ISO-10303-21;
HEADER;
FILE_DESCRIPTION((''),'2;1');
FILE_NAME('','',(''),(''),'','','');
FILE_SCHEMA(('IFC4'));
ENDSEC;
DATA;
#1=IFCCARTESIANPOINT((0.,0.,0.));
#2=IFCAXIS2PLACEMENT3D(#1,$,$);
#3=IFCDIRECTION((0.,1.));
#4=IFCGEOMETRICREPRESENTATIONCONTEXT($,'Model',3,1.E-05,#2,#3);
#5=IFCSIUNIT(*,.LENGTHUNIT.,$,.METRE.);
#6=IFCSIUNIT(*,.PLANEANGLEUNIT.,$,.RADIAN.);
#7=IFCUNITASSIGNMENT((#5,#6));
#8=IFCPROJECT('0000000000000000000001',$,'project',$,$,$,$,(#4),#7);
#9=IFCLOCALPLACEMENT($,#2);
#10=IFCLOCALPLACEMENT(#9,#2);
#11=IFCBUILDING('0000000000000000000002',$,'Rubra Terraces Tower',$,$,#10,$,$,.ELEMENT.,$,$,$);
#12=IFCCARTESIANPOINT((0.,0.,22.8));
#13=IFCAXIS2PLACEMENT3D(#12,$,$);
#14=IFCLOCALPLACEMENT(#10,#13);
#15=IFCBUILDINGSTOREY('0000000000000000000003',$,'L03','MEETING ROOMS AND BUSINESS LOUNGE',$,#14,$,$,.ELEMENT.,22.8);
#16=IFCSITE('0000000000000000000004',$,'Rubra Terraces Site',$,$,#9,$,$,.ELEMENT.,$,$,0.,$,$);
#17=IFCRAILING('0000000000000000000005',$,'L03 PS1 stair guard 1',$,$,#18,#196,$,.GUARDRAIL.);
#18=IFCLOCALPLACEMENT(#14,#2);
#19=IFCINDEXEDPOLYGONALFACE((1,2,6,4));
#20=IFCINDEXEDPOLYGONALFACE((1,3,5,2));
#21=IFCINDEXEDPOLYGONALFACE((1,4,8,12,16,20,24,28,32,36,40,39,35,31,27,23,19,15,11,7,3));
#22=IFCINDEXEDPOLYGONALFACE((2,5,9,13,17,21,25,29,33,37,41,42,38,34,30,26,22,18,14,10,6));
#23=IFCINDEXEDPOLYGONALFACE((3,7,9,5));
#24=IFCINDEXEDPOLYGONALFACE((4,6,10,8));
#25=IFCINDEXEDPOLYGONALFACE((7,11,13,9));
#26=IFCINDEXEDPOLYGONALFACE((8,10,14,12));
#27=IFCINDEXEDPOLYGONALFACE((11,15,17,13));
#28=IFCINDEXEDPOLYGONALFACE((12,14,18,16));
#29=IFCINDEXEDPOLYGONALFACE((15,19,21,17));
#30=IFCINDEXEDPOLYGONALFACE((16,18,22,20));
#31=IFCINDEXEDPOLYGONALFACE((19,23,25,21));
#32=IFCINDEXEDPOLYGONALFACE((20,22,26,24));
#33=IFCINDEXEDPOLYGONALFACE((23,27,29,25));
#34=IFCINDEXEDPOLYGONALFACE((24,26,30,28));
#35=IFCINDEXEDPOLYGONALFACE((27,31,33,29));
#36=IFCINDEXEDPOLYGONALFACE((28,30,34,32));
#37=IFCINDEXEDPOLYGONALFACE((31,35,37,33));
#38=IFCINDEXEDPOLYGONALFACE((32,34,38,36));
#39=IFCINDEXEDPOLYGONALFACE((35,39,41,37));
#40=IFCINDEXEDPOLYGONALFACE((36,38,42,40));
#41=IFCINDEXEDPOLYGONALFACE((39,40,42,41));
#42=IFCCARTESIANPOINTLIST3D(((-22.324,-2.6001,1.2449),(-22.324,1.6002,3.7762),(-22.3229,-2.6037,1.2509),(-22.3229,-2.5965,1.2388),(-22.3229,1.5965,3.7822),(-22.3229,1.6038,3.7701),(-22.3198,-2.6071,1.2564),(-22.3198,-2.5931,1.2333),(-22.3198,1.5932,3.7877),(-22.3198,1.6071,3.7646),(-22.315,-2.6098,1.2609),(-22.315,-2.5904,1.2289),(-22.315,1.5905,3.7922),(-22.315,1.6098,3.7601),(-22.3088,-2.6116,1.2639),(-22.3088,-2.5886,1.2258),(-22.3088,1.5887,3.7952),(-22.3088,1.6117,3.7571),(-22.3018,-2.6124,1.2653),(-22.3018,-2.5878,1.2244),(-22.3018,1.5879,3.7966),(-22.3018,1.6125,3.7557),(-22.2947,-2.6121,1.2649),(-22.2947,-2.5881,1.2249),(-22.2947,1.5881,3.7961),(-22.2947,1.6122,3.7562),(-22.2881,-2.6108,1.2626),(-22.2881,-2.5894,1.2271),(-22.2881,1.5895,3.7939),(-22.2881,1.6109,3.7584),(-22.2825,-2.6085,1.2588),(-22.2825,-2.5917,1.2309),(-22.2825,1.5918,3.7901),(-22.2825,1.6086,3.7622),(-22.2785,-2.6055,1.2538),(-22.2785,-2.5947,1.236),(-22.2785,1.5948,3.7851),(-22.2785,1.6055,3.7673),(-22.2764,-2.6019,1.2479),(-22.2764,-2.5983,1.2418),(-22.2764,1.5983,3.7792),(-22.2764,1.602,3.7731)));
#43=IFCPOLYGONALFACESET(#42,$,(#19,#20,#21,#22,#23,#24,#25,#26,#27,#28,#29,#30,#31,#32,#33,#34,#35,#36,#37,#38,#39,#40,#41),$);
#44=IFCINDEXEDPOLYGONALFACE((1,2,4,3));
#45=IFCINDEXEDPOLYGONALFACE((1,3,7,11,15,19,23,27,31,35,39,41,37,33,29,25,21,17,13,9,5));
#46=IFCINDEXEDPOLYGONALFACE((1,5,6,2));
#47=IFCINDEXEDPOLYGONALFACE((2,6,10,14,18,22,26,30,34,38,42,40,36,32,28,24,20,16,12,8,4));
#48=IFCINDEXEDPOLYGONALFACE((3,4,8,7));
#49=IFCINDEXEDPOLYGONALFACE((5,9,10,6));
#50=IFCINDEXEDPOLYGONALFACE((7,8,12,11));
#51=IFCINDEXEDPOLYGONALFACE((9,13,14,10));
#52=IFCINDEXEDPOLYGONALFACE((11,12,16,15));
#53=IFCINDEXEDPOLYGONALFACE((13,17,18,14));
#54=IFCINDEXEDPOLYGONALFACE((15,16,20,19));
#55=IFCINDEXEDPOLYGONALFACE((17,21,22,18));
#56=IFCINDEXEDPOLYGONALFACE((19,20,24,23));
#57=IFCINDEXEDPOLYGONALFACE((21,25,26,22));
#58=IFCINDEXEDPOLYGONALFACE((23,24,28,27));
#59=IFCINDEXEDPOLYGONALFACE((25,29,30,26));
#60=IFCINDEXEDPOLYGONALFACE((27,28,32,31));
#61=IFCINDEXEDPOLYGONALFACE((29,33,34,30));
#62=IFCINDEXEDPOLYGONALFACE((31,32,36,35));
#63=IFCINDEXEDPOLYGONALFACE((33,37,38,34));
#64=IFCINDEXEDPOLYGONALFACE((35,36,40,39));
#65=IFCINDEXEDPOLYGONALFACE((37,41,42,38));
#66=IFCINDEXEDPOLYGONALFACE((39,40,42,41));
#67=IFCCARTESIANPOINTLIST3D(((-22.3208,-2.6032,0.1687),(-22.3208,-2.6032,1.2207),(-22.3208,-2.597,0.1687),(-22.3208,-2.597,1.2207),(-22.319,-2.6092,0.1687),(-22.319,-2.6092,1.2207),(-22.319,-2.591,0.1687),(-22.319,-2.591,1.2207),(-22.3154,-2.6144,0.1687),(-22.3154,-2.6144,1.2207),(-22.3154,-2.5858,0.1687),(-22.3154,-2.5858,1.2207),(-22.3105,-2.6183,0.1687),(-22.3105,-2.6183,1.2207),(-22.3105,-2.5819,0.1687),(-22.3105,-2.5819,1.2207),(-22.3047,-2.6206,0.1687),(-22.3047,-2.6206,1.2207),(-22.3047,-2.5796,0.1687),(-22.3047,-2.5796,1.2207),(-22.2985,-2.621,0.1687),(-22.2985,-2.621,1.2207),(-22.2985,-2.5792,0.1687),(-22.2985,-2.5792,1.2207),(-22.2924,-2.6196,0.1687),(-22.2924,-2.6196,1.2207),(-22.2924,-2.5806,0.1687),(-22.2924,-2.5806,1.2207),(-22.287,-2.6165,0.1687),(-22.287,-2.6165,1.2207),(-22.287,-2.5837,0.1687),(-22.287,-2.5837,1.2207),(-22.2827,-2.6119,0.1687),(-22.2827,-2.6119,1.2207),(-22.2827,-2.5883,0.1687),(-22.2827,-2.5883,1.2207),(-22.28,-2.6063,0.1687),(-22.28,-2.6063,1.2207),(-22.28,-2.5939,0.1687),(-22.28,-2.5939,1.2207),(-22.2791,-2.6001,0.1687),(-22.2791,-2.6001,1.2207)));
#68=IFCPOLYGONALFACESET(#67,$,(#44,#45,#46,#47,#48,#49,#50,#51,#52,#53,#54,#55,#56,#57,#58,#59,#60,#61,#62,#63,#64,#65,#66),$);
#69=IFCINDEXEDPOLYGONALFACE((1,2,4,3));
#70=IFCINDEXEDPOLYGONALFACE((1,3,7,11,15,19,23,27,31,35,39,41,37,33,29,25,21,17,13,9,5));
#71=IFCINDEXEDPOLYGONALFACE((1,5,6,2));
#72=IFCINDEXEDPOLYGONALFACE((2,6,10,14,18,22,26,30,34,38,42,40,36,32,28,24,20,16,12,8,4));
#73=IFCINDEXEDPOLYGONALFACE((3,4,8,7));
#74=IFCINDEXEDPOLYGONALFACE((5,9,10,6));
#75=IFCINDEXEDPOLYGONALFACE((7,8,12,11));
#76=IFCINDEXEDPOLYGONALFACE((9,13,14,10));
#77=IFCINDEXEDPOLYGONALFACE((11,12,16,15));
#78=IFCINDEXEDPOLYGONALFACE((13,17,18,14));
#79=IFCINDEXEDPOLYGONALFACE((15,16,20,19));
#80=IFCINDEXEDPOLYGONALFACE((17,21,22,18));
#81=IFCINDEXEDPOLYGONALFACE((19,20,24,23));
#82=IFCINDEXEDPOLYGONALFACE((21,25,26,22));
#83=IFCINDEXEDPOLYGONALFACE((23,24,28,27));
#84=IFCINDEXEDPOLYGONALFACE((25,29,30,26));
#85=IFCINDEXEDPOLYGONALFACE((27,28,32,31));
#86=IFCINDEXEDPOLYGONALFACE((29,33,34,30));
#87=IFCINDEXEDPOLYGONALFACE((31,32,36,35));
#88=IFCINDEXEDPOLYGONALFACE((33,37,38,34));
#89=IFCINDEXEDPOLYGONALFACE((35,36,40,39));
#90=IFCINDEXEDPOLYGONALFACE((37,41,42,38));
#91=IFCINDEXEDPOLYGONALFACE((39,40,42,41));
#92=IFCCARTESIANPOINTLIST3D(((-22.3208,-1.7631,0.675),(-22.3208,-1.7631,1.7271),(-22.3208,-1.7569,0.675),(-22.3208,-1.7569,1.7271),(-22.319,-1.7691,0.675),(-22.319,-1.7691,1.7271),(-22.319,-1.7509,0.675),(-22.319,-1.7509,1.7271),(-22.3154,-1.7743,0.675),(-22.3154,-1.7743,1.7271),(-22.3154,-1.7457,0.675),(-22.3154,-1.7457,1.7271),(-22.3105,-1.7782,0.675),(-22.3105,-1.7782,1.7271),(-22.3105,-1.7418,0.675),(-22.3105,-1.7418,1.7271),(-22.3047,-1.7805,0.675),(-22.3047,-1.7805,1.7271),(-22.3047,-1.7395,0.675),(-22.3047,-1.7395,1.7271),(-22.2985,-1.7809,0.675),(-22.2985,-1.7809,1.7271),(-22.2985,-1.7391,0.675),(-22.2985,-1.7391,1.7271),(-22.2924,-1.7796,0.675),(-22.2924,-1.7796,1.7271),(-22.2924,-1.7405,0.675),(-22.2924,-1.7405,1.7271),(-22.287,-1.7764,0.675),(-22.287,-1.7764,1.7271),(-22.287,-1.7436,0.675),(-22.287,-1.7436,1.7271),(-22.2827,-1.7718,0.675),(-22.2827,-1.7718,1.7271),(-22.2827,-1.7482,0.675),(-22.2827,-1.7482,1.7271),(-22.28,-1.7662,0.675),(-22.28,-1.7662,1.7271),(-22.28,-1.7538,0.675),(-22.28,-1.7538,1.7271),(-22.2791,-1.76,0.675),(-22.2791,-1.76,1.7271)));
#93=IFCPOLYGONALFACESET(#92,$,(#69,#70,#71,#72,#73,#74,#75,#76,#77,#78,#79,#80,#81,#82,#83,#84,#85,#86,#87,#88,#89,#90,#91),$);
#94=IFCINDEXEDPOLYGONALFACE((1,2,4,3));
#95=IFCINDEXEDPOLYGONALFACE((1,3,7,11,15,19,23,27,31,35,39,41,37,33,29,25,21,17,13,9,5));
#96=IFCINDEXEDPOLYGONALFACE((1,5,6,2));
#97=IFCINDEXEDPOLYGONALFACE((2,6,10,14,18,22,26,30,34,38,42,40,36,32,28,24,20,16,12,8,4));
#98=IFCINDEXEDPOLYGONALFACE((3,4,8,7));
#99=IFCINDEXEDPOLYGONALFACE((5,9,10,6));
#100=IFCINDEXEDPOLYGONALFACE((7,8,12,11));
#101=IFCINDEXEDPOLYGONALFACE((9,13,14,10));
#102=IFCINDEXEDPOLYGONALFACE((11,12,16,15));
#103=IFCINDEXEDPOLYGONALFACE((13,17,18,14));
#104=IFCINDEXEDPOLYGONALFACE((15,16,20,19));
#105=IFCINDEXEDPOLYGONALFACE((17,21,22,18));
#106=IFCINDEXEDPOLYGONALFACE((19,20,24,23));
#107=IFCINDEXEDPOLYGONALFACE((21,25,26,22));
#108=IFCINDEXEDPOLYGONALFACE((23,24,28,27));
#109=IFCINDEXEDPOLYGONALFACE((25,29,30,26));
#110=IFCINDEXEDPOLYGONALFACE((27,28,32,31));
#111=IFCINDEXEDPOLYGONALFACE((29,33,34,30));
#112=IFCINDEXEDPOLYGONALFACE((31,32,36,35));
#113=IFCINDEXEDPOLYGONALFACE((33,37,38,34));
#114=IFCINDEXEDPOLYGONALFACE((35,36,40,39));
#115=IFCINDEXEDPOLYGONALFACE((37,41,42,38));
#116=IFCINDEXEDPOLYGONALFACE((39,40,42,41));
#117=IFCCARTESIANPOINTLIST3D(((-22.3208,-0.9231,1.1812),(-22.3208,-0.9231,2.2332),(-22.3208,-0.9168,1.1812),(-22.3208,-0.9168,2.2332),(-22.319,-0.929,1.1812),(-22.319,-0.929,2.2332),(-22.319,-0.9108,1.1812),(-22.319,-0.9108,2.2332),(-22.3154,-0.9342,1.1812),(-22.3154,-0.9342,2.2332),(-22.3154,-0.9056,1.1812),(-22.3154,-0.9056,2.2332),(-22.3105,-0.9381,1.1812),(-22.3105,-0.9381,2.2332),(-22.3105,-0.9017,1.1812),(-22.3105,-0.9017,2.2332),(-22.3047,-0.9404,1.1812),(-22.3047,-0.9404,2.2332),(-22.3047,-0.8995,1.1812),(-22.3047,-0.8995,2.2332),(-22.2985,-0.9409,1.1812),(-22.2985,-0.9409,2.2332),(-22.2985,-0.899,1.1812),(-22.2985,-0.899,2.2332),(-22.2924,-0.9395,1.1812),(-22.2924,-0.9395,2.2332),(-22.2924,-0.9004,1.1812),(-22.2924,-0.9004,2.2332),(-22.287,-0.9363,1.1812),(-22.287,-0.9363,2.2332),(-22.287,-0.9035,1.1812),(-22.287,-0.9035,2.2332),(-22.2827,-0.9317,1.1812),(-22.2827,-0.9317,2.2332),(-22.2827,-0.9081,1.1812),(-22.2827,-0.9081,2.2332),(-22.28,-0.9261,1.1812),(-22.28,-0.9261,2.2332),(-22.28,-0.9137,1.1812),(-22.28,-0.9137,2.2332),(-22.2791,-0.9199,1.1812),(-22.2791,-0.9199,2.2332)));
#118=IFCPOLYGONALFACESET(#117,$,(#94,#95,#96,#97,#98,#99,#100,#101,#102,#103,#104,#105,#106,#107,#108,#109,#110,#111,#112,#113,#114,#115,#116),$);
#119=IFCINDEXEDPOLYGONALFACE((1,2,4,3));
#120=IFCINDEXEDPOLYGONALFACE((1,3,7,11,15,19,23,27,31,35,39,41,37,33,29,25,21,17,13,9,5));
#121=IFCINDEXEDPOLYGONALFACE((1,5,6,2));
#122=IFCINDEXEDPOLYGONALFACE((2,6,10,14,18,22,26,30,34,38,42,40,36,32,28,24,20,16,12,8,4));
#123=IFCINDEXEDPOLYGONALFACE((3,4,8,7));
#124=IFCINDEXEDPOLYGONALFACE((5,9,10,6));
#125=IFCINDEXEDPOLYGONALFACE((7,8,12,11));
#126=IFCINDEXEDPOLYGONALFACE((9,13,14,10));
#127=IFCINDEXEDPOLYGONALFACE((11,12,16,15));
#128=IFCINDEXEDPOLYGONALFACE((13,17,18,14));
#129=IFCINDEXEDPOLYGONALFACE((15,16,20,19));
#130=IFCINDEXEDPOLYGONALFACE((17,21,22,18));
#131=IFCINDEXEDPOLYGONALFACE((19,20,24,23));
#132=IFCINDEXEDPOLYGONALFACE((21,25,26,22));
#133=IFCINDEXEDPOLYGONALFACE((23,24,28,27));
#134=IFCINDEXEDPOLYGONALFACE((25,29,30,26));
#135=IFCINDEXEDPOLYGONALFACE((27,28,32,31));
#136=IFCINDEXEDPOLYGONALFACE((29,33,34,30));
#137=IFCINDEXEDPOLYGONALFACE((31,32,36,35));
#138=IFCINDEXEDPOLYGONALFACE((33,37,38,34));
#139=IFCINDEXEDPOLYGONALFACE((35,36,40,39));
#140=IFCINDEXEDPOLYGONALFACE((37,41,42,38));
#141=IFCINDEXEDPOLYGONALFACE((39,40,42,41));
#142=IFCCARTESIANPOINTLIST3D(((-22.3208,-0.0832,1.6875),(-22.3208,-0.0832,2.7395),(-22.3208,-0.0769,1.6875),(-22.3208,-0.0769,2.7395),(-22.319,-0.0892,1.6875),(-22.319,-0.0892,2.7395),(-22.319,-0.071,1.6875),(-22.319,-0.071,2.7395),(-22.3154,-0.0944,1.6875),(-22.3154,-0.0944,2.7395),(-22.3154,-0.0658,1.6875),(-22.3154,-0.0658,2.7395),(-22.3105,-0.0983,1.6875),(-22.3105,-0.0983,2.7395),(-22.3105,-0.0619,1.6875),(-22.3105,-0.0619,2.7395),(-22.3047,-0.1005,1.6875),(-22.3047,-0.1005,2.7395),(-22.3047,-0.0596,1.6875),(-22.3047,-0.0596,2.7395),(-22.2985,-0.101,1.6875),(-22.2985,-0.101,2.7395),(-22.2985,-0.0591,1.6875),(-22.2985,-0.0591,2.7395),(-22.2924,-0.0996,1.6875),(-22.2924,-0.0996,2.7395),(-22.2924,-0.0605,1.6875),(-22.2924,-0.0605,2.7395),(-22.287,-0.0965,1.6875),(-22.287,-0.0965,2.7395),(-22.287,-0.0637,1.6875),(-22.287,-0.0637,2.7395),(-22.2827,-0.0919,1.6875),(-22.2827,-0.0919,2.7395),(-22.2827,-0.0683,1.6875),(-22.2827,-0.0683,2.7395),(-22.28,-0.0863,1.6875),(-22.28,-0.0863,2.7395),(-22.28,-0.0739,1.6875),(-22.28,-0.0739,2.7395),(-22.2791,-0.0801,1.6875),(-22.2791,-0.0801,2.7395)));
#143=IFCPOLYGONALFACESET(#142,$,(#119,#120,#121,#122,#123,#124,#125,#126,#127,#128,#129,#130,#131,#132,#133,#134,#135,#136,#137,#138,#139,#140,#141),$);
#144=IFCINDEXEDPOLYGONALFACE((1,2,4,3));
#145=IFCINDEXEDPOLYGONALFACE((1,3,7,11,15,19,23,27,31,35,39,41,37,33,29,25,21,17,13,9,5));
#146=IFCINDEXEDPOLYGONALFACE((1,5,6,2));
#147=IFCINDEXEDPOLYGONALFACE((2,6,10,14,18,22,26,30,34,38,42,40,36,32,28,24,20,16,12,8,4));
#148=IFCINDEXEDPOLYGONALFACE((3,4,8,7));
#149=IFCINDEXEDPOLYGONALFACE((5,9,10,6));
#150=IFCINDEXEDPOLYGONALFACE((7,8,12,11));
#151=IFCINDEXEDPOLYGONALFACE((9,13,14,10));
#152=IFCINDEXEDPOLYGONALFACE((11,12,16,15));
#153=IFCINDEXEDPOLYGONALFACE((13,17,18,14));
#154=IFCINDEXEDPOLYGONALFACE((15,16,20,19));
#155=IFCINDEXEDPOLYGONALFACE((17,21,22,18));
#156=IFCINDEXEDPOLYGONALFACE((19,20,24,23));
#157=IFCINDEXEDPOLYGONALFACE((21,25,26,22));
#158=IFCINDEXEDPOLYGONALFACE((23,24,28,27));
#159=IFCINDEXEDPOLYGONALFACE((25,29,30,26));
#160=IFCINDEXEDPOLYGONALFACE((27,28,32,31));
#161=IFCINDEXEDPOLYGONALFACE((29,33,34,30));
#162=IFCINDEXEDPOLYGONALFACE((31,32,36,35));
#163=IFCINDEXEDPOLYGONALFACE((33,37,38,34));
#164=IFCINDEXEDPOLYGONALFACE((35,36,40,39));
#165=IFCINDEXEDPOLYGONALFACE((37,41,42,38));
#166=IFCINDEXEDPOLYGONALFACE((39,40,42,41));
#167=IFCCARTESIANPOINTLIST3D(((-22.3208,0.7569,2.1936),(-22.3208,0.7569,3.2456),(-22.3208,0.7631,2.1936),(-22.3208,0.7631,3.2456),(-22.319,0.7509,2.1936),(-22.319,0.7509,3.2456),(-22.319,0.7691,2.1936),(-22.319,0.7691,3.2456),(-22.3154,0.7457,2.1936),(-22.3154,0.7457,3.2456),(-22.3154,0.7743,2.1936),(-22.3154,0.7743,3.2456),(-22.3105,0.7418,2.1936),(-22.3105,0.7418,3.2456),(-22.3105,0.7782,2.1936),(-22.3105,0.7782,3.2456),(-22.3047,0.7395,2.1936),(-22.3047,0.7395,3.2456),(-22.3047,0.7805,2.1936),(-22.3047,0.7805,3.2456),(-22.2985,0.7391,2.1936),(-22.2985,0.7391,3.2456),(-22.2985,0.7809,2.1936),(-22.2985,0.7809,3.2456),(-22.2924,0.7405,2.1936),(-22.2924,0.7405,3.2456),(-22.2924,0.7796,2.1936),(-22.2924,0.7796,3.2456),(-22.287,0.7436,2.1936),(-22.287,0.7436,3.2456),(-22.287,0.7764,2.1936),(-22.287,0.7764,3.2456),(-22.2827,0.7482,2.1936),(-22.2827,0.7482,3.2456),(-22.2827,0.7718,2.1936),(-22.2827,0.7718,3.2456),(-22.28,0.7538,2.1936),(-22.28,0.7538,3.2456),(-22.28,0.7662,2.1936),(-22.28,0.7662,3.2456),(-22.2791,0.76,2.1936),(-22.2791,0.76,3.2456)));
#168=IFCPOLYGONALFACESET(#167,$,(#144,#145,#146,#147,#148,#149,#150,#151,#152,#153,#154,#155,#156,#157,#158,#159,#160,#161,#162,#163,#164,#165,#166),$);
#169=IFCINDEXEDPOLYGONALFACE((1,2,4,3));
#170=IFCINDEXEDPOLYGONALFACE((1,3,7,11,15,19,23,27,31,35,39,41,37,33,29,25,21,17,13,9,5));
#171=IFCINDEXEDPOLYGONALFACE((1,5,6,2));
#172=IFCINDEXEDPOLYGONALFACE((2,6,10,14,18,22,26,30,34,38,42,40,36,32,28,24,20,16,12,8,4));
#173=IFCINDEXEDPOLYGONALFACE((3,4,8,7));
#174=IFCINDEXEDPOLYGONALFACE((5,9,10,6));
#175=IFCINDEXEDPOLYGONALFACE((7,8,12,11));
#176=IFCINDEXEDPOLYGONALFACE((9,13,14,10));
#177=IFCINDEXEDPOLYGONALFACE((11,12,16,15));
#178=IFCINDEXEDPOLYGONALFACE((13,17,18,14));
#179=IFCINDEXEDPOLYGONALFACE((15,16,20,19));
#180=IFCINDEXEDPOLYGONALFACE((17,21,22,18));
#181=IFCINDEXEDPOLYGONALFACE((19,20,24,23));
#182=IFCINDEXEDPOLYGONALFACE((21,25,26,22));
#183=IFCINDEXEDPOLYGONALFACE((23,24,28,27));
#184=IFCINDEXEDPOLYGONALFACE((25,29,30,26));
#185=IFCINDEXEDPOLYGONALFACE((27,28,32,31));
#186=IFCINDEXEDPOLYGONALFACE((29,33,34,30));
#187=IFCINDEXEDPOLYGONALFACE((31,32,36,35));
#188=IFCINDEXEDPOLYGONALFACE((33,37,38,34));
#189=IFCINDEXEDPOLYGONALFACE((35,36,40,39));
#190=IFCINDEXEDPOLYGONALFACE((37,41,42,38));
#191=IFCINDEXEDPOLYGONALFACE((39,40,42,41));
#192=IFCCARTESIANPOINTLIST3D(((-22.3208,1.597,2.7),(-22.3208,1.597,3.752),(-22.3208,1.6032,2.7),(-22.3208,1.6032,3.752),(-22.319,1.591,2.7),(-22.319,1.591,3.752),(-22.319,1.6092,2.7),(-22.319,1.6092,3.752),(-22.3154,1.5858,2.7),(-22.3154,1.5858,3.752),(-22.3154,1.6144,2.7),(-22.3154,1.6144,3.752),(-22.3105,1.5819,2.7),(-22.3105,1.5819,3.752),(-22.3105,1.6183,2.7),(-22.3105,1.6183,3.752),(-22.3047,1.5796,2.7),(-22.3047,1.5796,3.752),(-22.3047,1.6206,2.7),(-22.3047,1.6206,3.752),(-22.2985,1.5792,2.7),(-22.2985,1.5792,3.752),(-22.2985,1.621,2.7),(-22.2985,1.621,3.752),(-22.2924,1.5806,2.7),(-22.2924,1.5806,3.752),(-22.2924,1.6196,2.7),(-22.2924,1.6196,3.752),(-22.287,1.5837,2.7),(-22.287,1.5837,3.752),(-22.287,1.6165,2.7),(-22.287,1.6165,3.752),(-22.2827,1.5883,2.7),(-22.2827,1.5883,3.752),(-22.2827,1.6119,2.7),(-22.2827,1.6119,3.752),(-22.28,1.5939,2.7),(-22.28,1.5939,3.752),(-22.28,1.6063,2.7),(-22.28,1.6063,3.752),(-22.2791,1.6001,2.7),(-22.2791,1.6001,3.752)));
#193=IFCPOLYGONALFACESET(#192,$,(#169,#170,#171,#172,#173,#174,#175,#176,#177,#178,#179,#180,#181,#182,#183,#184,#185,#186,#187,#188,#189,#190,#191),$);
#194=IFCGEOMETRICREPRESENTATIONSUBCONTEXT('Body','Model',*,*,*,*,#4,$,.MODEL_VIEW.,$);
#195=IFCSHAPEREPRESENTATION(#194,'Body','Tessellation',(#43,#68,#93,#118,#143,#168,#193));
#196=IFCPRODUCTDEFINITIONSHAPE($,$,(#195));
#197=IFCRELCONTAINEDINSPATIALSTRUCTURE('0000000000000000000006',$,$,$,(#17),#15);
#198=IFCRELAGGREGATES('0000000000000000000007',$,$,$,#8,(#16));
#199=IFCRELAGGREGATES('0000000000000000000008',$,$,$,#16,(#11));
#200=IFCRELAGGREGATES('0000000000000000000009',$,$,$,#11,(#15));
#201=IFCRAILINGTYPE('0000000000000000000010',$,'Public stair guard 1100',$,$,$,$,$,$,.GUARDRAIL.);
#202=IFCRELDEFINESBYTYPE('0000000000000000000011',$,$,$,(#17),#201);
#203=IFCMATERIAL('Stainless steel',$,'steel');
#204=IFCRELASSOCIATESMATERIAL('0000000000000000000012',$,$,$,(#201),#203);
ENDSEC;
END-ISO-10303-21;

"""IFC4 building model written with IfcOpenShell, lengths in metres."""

from ifc_helpers import new_model, si_unit, direction, frame, origin, origin_2d, place, context, subcontext, project, spatial, circle, extrude, material, type_object, element, save


model = new_model("IFC4")

# Units and contexts
model_context = context("Model", 3, precision=1e-05, world=origin(), true_north=direction((0.0, 1.0)))
body_context = subcontext(model_context, "Body", "Model", "MODEL_VIEW")
ifc_project = project(units=[si_unit("LENGTHUNIT", "METRE"), si_unit("PLANEANGLEUNIT", "RADIAN")], contexts=[model_context])

# Site, building, storey
site_placement = place(None, origin())
site = spatial("IfcSite", under=ifc_project, at=site_placement, Name="Rubra Terraces Site", CompositionType="ELEMENT", RefElevation=0.0)
building_placement = place(site_placement, origin())
building = spatial("IfcBuilding", under=site, at=building_placement, Name="Rubra Terraces Tower", CompositionType="ELEMENT")
storey_placement = place(building_placement, frame((0.0, 0.0, 22.8)))
storey = spatial("IfcBuildingStorey", under=building, at=storey_placement, Name="L03", Description="MEETING ROOMS AND BUSINESS LOUNGE", CompositionType="ELEMENT", Elevation=22.8)

# Railing
ifc_material_1 = material(Name="Stainless steel", Category="steel")
railing_type = type_object("IfcRailingType", Name="Public stair guard 1100", PredefinedType="GUARDRAIL", material=ifc_material_1)
railing_1_placement = place(storey_placement, frame((-22.3, -2.6001, 0.1687)))
element("IfcRailing", 1, at=railing_1_placement, inside=storey, type_object=railing_type, Name="L03 PS1 stair guard 1", PredefinedType="GUARDRAIL", context=body_context, shape_type="SweptSolid", body=[
    extrude(circle(Radius=0.0239, at=origin_2d()), frame((0.0, 0.0, 1.0762), z_axis=(0.0, 0.85649, 0.516164), x_axis=(-1.0, 0.0, 0.0)), (0.0, 0.0, 1.0), 4.9041),
    extrude(circle(Radius=0.021, at=origin_2d()), origin(), (0.0, 0.0, 1.0), 1.052),
    extrude(circle(Radius=0.021, at=origin_2d()), frame((0.0, 0.8401, 0.5063)), (0.0, 0.0, 1.0), 1.052),
    extrude(circle(Radius=0.021, at=origin_2d()), frame((0.0, 1.6802, 1.0125)), (0.0, 0.0, 1.0), 1.052),
    extrude(circle(Radius=0.021, at=origin_2d()), frame((0.0, 2.52, 1.5188)), (0.0, 0.0, 1.0), 1.052),
    extrude(circle(Radius=0.021, at=origin_2d()), frame((0.0, 3.3601, 2.0249)), (0.0, 0.0, 1.0), 1.052),
    extrude(circle(Radius=0.021, at=origin_2d()), frame((0.0, 4.2002, 2.5312)), (0.0, 0.0, 1.0), 1.052),
])

save(model, "model.ifc")
